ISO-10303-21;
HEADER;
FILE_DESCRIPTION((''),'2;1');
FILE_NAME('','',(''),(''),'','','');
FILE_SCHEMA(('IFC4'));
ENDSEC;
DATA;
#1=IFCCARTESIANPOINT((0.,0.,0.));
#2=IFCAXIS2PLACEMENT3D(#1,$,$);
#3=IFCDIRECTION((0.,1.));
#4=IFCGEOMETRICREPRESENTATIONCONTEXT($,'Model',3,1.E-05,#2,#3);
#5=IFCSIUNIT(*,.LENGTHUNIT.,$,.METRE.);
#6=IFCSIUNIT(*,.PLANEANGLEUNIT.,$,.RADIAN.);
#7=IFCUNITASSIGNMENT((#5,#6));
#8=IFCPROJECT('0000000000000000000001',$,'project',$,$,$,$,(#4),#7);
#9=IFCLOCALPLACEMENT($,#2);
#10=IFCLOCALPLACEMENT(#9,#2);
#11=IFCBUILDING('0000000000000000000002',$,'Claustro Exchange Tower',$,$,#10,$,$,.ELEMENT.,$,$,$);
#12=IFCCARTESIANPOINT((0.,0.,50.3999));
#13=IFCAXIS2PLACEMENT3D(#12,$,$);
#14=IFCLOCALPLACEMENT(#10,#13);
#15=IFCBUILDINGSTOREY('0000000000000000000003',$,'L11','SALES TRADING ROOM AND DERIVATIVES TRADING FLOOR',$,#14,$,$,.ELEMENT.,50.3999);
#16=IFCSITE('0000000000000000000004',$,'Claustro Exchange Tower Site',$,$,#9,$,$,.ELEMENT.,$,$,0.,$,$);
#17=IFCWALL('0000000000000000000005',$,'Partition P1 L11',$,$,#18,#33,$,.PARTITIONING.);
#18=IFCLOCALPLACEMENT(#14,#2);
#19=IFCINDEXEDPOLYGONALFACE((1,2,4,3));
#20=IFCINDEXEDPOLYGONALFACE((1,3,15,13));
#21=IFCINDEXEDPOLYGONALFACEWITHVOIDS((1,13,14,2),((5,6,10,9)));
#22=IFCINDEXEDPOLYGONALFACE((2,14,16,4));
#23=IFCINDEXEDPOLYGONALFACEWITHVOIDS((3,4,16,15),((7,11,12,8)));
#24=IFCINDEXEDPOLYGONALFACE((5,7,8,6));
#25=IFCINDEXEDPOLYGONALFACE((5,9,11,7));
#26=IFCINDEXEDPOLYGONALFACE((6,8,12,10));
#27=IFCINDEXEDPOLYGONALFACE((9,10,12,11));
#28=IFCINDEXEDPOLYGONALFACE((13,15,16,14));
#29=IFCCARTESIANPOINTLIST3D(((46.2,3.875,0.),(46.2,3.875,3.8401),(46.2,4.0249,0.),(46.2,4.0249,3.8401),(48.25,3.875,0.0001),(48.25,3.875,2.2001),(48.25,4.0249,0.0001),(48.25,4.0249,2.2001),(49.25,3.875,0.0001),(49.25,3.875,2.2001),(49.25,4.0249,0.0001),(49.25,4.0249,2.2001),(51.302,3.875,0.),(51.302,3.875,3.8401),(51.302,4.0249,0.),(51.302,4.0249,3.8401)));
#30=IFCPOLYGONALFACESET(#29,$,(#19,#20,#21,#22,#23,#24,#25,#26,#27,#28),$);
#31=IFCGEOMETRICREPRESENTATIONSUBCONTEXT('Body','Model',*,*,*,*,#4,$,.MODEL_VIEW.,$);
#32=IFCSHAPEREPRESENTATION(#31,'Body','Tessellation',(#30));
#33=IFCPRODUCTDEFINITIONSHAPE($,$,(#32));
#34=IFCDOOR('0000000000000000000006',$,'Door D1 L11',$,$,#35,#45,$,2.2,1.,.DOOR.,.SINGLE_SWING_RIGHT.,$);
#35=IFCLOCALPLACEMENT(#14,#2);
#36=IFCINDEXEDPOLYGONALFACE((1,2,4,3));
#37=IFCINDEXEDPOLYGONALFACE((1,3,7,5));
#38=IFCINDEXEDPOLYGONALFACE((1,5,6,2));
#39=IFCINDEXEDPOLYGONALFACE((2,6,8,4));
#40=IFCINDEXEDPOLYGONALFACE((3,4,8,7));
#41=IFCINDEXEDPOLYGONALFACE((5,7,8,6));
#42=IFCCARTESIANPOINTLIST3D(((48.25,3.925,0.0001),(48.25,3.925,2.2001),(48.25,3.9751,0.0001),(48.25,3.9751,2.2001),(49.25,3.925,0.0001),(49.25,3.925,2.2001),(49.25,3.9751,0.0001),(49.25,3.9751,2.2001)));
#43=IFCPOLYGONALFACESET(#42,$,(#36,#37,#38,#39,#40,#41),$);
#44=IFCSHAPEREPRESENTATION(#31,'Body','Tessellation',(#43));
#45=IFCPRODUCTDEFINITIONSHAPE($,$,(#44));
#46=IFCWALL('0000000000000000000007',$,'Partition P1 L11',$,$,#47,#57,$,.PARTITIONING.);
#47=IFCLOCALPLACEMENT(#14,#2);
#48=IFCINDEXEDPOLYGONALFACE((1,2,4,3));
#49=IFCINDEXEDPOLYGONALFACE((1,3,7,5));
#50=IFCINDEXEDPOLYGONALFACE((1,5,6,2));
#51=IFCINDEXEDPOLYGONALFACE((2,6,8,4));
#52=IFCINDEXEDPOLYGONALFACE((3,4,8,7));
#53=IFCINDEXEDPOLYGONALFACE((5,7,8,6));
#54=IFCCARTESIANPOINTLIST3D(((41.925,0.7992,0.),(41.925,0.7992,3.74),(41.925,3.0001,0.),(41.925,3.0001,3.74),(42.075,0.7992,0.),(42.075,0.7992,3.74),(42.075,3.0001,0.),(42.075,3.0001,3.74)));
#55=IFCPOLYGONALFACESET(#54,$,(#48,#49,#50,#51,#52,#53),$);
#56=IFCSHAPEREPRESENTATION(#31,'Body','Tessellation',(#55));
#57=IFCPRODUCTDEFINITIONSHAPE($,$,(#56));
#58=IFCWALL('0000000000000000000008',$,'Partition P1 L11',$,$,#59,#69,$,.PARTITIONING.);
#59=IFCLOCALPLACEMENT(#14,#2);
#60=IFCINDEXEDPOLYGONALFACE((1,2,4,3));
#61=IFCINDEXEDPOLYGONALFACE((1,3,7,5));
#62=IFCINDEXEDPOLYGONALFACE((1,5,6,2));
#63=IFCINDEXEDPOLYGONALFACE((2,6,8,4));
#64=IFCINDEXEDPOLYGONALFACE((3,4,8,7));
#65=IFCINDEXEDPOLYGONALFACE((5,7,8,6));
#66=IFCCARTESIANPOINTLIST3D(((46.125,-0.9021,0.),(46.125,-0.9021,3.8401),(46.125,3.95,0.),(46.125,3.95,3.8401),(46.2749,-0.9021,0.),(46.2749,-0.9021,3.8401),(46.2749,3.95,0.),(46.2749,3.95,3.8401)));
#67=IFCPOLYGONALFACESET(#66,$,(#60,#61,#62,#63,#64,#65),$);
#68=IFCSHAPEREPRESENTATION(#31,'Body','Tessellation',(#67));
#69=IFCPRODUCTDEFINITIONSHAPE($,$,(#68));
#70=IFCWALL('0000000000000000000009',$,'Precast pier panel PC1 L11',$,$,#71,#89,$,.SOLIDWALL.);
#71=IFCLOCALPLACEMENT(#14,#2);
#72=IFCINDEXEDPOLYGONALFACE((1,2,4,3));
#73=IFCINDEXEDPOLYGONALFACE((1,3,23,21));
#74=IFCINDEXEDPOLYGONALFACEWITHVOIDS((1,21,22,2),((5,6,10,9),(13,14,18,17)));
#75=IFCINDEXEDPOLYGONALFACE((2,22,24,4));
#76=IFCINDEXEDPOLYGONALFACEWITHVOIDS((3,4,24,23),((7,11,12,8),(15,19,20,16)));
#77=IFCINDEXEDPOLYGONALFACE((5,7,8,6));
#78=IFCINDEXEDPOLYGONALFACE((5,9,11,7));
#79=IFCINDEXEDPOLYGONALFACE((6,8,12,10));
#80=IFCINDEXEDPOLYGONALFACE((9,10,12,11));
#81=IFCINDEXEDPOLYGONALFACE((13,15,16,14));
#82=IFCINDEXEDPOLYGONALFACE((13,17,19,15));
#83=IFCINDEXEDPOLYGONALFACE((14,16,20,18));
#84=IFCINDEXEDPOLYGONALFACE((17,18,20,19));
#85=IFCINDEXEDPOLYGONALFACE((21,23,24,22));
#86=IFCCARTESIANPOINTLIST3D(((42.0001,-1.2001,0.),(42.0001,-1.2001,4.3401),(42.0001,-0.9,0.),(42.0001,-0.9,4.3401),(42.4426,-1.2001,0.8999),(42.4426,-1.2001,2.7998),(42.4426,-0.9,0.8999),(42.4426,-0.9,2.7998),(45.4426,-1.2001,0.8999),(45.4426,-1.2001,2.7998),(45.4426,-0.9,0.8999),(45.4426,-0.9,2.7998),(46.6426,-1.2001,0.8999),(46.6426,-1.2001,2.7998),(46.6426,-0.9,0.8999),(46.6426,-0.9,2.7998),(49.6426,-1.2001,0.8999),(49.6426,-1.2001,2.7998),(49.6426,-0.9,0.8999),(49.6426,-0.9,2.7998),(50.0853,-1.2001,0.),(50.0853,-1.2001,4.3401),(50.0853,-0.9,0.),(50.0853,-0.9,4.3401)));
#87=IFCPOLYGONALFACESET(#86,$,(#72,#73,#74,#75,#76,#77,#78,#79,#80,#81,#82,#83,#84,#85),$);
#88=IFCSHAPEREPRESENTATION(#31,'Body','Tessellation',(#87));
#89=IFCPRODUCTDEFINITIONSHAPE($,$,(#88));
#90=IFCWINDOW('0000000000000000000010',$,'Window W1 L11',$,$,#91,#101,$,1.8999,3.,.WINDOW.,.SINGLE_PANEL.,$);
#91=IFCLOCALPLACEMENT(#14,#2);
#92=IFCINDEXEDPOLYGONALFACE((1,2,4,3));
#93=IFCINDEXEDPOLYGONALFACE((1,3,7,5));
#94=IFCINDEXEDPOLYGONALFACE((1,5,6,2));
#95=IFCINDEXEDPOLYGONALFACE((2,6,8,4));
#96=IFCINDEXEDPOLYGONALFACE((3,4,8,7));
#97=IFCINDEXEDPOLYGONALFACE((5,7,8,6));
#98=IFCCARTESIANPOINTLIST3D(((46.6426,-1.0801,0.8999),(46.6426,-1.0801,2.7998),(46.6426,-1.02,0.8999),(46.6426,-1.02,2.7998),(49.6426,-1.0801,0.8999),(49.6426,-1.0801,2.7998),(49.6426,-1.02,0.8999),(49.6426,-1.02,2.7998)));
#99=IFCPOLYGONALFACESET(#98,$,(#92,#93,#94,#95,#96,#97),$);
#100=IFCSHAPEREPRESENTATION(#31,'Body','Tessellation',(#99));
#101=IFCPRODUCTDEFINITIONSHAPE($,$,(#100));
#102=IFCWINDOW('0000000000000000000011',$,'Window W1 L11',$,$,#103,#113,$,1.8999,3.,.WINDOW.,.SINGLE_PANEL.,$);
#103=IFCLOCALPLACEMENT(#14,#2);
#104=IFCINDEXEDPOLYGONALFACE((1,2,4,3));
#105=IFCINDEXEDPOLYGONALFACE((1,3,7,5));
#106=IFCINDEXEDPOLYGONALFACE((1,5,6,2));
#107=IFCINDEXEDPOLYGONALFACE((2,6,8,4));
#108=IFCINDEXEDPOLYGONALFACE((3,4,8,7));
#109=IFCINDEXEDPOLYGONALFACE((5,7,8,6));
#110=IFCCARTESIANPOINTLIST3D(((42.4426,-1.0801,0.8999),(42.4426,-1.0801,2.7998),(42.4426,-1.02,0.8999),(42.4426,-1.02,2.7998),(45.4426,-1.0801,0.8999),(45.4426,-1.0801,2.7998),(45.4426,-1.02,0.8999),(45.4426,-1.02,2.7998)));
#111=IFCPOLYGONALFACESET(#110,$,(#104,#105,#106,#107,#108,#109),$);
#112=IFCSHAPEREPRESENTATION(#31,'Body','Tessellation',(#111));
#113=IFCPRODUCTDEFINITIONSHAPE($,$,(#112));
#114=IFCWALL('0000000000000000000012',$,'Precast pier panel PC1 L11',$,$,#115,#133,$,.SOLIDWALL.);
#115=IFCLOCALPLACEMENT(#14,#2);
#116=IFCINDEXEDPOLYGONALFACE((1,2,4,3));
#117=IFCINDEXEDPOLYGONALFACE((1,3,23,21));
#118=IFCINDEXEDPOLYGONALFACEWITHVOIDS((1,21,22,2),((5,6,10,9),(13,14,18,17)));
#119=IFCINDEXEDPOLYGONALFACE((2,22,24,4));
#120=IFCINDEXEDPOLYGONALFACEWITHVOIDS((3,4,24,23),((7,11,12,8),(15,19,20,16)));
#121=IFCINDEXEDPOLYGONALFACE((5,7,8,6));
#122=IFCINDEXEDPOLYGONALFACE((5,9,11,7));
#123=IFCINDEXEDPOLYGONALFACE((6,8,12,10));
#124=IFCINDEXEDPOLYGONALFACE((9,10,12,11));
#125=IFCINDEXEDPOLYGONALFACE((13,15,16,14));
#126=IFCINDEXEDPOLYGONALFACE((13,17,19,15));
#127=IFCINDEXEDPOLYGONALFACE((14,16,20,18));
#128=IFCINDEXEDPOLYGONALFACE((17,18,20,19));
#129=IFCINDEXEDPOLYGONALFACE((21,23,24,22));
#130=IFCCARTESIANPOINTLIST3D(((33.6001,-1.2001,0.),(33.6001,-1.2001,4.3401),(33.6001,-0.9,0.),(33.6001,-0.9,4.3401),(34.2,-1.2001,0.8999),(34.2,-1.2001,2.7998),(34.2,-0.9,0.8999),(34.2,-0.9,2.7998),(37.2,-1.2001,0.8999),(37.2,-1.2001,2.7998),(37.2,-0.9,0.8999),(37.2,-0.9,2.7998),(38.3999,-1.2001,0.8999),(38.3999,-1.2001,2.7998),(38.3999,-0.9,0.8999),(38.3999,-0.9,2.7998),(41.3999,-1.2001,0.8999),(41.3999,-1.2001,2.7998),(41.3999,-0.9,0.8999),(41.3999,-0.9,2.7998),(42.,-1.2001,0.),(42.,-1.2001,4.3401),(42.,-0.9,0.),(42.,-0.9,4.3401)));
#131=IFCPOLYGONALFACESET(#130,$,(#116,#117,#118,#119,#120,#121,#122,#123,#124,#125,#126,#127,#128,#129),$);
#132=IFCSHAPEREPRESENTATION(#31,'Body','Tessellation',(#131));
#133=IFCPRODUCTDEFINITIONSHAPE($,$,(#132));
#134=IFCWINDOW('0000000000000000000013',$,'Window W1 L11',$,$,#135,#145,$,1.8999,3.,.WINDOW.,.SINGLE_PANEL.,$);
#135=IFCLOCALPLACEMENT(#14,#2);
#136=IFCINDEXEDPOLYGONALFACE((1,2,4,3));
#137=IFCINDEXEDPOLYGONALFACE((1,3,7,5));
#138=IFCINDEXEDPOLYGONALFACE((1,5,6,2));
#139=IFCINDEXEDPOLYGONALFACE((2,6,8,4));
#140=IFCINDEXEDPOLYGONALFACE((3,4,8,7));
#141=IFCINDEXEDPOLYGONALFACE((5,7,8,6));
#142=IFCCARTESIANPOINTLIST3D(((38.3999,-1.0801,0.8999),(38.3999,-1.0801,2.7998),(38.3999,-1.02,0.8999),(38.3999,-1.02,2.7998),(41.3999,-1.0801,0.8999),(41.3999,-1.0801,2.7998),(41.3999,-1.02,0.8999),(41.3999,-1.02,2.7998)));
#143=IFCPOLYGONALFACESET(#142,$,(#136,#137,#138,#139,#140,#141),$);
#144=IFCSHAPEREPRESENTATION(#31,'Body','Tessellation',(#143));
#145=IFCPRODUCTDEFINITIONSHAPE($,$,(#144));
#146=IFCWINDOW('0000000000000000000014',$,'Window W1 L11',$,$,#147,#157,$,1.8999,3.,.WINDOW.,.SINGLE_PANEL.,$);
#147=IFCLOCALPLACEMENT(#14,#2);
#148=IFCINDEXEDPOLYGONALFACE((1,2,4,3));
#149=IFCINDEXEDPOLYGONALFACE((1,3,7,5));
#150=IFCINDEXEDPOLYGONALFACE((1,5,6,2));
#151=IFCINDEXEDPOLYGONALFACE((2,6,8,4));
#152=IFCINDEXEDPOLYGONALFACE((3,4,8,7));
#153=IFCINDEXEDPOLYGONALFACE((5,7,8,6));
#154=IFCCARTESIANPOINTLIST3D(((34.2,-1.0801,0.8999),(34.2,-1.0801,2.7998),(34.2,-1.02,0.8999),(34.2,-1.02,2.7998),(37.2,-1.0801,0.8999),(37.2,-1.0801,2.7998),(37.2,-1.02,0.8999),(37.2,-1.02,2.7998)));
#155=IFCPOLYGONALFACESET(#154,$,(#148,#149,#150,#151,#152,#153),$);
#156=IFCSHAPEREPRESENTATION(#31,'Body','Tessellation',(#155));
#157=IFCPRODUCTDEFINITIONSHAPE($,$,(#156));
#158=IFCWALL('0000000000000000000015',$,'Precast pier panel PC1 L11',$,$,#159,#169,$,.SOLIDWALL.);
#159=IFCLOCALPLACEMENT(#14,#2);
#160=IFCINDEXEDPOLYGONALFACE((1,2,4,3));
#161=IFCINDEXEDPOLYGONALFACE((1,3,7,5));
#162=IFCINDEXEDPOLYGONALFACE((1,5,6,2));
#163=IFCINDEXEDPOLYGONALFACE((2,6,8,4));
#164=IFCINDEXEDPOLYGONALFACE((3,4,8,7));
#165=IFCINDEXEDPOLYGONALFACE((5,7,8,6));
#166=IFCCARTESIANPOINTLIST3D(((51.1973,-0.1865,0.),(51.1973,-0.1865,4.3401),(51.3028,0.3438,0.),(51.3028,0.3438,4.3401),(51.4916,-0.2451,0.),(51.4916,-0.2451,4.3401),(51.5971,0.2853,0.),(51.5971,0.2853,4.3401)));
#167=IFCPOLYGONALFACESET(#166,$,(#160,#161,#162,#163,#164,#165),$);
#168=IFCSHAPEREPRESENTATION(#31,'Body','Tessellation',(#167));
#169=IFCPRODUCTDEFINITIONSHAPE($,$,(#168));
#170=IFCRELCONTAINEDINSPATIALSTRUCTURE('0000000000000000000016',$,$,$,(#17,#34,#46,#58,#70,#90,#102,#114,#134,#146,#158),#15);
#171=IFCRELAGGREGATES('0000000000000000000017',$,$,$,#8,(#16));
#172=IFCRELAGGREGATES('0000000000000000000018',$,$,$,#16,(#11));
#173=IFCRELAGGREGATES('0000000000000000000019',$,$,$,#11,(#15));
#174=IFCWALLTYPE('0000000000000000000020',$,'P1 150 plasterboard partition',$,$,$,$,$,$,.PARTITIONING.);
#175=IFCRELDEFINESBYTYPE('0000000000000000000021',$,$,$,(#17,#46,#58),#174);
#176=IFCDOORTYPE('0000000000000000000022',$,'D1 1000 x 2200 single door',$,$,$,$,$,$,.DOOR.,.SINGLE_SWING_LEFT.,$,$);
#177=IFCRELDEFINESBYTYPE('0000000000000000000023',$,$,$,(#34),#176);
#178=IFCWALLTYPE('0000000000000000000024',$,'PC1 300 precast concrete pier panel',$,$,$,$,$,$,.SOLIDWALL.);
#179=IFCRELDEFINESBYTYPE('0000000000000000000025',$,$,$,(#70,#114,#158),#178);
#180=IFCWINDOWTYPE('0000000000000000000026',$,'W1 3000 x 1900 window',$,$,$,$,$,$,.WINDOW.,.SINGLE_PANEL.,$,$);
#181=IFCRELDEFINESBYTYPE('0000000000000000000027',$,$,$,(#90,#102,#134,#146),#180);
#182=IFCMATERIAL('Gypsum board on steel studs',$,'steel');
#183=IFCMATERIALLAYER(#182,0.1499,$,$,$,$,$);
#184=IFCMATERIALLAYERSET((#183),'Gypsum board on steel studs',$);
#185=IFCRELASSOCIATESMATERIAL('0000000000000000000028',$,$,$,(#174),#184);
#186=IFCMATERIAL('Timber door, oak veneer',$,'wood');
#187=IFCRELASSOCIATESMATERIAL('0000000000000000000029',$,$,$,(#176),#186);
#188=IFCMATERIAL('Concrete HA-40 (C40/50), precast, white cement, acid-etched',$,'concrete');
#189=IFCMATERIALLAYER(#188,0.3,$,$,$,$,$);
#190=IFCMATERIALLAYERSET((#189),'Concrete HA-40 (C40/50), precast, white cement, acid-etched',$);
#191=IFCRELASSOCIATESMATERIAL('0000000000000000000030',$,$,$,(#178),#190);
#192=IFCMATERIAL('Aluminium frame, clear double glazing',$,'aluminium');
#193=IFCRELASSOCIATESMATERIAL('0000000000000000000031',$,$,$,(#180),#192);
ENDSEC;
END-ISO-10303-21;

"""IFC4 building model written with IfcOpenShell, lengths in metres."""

from ifc_helpers import new_model, si_unit, direction, frame, frame_2d, origin, place, context, subcontext, project, spatial, rectangle, extrude, material, layer, layer_set, type_object, element, fill, save


model = new_model("IFC4")

# Units and contexts
model_context = context("Model", 3, precision=1e-05, world=origin(), true_north=direction((0.0, 1.0)))
body_context = subcontext(model_context, "Body", "Model", "MODEL_VIEW")
ifc_project = project(units=[si_unit("LENGTHUNIT", "METRE"), si_unit("PLANEANGLEUNIT", "RADIAN")], contexts=[model_context])

# Site, building, storey
site_placement = place(None, origin())
site = spatial("IfcSite", under=ifc_project, at=site_placement, Name="Claustro Exchange Tower Site", CompositionType="ELEMENT", RefElevation=0.0)
building_placement = place(site_placement, origin())
building = spatial("IfcBuilding", under=site, at=building_placement, Name="Claustro Exchange Tower", CompositionType="ELEMENT")
storey_placement = place(building_placement, frame((0.0, 0.0, 50.3999)))
storey = spatial("IfcBuildingStorey", under=building, at=storey_placement, Name="L11", Description="SALES TRADING ROOM AND DERIVATIVES TRADING FLOOR", CompositionType="ELEMENT", Elevation=50.3999)

# Wall, opening, door
ifc_material_1 = material(Name="Gypsum board on steel studs", Category="steel")
ifc_layer_1 = layer(ifc_material_1, 0.1499)
ifc_layer_set_1 = layer_set([ifc_layer_1], Name="Gypsum board on steel studs")
wall_type_1 = type_object("IfcWallType", Name="P1 150 plasterboard partition", PredefinedType="PARTITIONING", material=ifc_layer_set_1)
ifc_material_2 = material(Name="Timber door, oak veneer", Category="wood")
door_type = type_object("IfcDoorType", Name="D1 1000 x 2200 single door", OperationType="SINGLE_SWING_LEFT", PredefinedType="DOOR", material=ifc_material_2)
wall_1_placement = place(storey_placement, frame((46.2, 3.95, 0.0), z_axis=(0.0, 0.0, 1.0), x_axis=(1.0, 0.0, 0.0)))
wall_1 = element("IfcWall", 1, at=wall_1_placement, inside=storey, type_object=wall_type_1, Name="Partition P1 L11", PredefinedType="PARTITIONING", context=body_context, shape_type="SweptSolid", body=[
    extrude(rectangle(XDim=5.1021, YDim=0.1499, at=frame_2d((2.551, 0.0))), origin(), (0.0, 0.0, 1.0), 3.8401),
])
opening_1_placement = place(wall_1_placement, frame((2.05, 0.0, 0.0)))
opening_1 = element("IfcOpeningElement", 2, at=opening_1_placement, cuts=wall_1, PredefinedType="OPENING", context=body_context, shape_type="SweptSolid", body=[
    extrude(rectangle(XDim=1.0, YDim=2.2, at=frame_2d((0.5, 1.1001))), frame((0.0, 0.085, 0.0), z_axis=(0.0, -1.0, 0.0), x_axis=(1.0, 0.0, 0.0)), (0.0, 0.0, 1.0), 0.1699),
])
door_1_placement = place(opening_1_placement, frame((1.0, 0.0, 0.0), z_axis=(0.0, 0.0, 1.0), x_axis=(-1.0, 0.0, 0.0)))
door_1 = element("IfcDoor", 3, at=door_1_placement, inside=storey, type_object=door_type, Name="Door D1 L11", OperationType="SINGLE_SWING_RIGHT", OverallHeight=2.2, OverallWidth=1.0, PredefinedType="DOOR", context=body_context, shape_type="SweptSolid", body=[
    extrude(rectangle(XDim=1.0, YDim=2.2, at=frame_2d((0.5, 1.1001))), frame((0.0, 0.0249, 0.0), z_axis=(0.0, -1.0, 0.0), x_axis=(1.0, 0.0, 0.0)), (0.0, 0.0, 1.0), 0.05),
])
fill(opening_1, door_1)

# Walls
wall_2_placement = place(storey_placement, frame((42.0, 0.7991, 0.0), z_axis=(0.0, 0.0, 1.0), x_axis=(0.0, 1.0, 0.0)))
element("IfcWall", 4, at=wall_2_placement, inside=storey, type_object=wall_type_1, Name="Partition P1 L11", PredefinedType="PARTITIONING", context=body_context, shape_type="SweptSolid", body=[
    extrude(rectangle(XDim=2.2009, YDim=0.1499, at=frame_2d((1.1006, 0.0))), origin(), (0.0, 0.0, 1.0), 3.74),
])
wall_3_placement = place(storey_placement, frame((46.2, -0.9021, 0.0), z_axis=(0.0, 0.0, 1.0), x_axis=(0.0, 1.0, 0.0)))
element("IfcWall", 5, at=wall_3_placement, inside=storey, type_object=wall_type_1, Name="Partition P1 L11", PredefinedType="PARTITIONING", context=body_context, shape_type="SweptSolid", body=[
    extrude(rectangle(XDim=4.8521, YDim=0.1499, at=frame_2d((2.426, 0.0))), origin(), (0.0, 0.0, 1.0), 3.8401),
])

# Walls, openings, windows
ifc_material_3 = material(Name="Concrete HA-40 (C40/50), precast, white cement, acid-etched", Category="concrete")
ifc_layer_2 = layer(ifc_material_3, 0.3)
ifc_layer_set_2 = layer_set([ifc_layer_2], Name="Concrete HA-40 (C40/50), precast, white cement, acid-etched")
wall_type_2 = type_object("IfcWallType", Name="PC1 300 precast concrete pier panel", PredefinedType="SOLIDWALL", material=ifc_layer_set_2)
wall_4_placement = place(storey_placement, frame((50.0852, -1.05, 0.0), z_axis=(0.0, 0.0, 1.0), x_axis=(-1.0, 0.0, 0.0)))
wall_4 = element("IfcWall", 6, at=wall_4_placement, inside=storey, type_object=wall_type_2, Name="Precast pier panel PC1 L11", PredefinedType="SOLIDWALL", context=body_context, shape_type="SweptSolid", body=[
    extrude(rectangle(XDim=8.0852, YDim=0.3, at=frame_2d((4.0425, 0.0))), origin(), (0.0, 0.0, 1.0), 4.3401),
])
opening_2_placement = place(wall_4_placement, frame((0.4426, 0.0, 0.8999)))
opening_2 = element("IfcOpeningElement", 7, at=opening_2_placement, cuts=wall_4, PredefinedType="OPENING", context=body_context, shape_type="SweptSolid", body=[
    extrude(rectangle(XDim=3.0, YDim=1.8999, at=frame_2d((1.5, 0.95))), frame((0.0, 0.1599, 0.0), z_axis=(0.0, -1.0, 0.0), x_axis=(1.0, 0.0, 0.0)), (0.0, 0.0, 1.0), 0.3201),
])
opening_3_placement = place(wall_4_placement, frame((4.6426, 0.0, 0.8999)))
opening_3 = element("IfcOpeningElement", 8, at=opening_3_placement, cuts=wall_4, PredefinedType="OPENING", context=body_context, shape_type="SweptSolid", body=[
    extrude(rectangle(XDim=3.0, YDim=1.8999, at=frame_2d((1.5, 0.95))), frame((0.0, 0.1599, 0.0), z_axis=(0.0, -1.0, 0.0), x_axis=(1.0, 0.0, 0.0)), (0.0, 0.0, 1.0), 0.3201),
])
ifc_material_4 = material(Name="Aluminium frame, clear double glazing", Category="aluminium")
window_type = type_object("IfcWindowType", Name="W1 3000 x 1900 window", PartitioningType="SINGLE_PANEL", PredefinedType="WINDOW", material=ifc_material_4)
window_1_placement = place(opening_2_placement, origin())
window_1 = element("IfcWindow", 9, at=window_1_placement, inside=storey, type_object=window_type, Name="Window W1 L11", OverallHeight=1.8999, OverallWidth=3.0, PartitioningType="SINGLE_PANEL", PredefinedType="WINDOW", context=body_context, shape_type="SweptSolid", body=[
    extrude(rectangle(XDim=3.0, YDim=1.8999, at=frame_2d((1.5, 0.95))), frame((0.0, 0.03, 0.0), z_axis=(0.0, -1.0, 0.0), x_axis=(1.0, 0.0, 0.0)), (0.0, 0.0, 1.0), 0.0601),
])
fill(opening_2, window_1)
window_2_placement = place(opening_3_placement, origin())
window_2 = element("IfcWindow", 10, at=window_2_placement, inside=storey, type_object=window_type, Name="Window W1 L11", OverallHeight=1.8999, OverallWidth=3.0, PartitioningType="SINGLE_PANEL", PredefinedType="WINDOW", context=body_context, shape_type="SweptSolid", body=[
    extrude(rectangle(XDim=3.0, YDim=1.8999, at=frame_2d((1.5, 0.95))), frame((0.0, 0.03, 0.0), z_axis=(0.0, -1.0, 0.0), x_axis=(1.0, 0.0, 0.0)), (0.0, 0.0, 1.0), 0.0601),
])
fill(opening_3, window_2)
wall_5_placement = place(storey_placement, frame((42.0, -1.05, 0.0), z_axis=(0.0, 0.0, 1.0), x_axis=(-1.0, 0.0, 0.0)))
wall_5 = element("IfcWall", 11, at=wall_5_placement, inside=storey, type_object=wall_type_2, Name="Precast pier panel PC1 L11", PredefinedType="SOLIDWALL", context=body_context, shape_type="SweptSolid", body=[
    extrude(rectangle(XDim=8.3999, YDim=0.3, at=frame_2d((4.2, 0.0))), origin(), (0.0, 0.0, 1.0), 4.3401),
])
opening_4_placement = place(wall_5_placement, frame((0.6001, 0.0, 0.8999)))
opening_4 = element("IfcOpeningElement", 12, at=opening_4_placement, cuts=wall_5, PredefinedType="OPENING", context=body_context, shape_type="SweptSolid", body=[
    extrude(rectangle(XDim=3.0, YDim=1.8999, at=frame_2d((1.5, 0.95))), frame((0.0, 0.1599, 0.0), z_axis=(0.0, -1.0, 0.0), x_axis=(1.0, 0.0, 0.0)), (0.0, 0.0, 1.0), 0.3201),
])
opening_5_placement = place(wall_5_placement, frame((4.8, 0.0, 0.8999)))
opening_5 = element("IfcOpeningElement", 13, at=opening_5_placement, cuts=wall_5, PredefinedType="OPENING", context=body_context, shape_type="SweptSolid", body=[
    extrude(rectangle(XDim=3.0, YDim=1.8999, at=frame_2d((1.5, 0.95))), frame((0.0, 0.1599, 0.0), z_axis=(0.0, -1.0, 0.0), x_axis=(1.0, 0.0, 0.0)), (0.0, 0.0, 1.0), 0.3201),
])
window_3_placement = place(opening_4_placement, origin())
window_3 = element("IfcWindow", 14, at=window_3_placement, inside=storey, type_object=window_type, Name="Window W1 L11", OverallHeight=1.8999, OverallWidth=3.0, PartitioningType="SINGLE_PANEL", PredefinedType="WINDOW", context=body_context, shape_type="SweptSolid", body=[
    extrude(rectangle(XDim=3.0, YDim=1.8999, at=frame_2d((1.5, 0.95))), frame((0.0, 0.03, 0.0), z_axis=(0.0, -1.0, 0.0), x_axis=(1.0, 0.0, 0.0)), (0.0, 0.0, 1.0), 0.0601),
])
fill(opening_4, window_3)
window_4_placement = place(opening_5_placement, origin())
window_4 = element("IfcWindow", 15, at=window_4_placement, inside=storey, type_object=window_type, Name="Window W1 L11", OverallHeight=1.8999, OverallWidth=3.0, PartitioningType="SINGLE_PANEL", PredefinedType="WINDOW", context=body_context, shape_type="SweptSolid", body=[
    extrude(rectangle(XDim=3.0, YDim=1.8999, at=frame_2d((1.5, 0.95))), frame((0.0, 0.03, 0.0), z_axis=(0.0, -1.0, 0.0), x_axis=(1.0, 0.0, 0.0)), (0.0, 0.0, 1.0), 0.0601),
])
fill(opening_5, window_4)

# Wall
wall_6_placement = place(storey_placement, frame((51.45, 0.3147, 0.0), z_axis=(0.0, 0.0, 1.0), x_axis=(-0.195074, -0.980789, 0.0)))
element("IfcWall", 16, at=wall_6_placement, inside=storey, type_object=wall_type_2, Name="Precast pier panel PC1 L11", PredefinedType="SOLIDWALL", context=body_context, shape_type="SweptSolid", body=[
    extrude(rectangle(XDim=0.5408, YDim=0.3, at=frame_2d((0.2705, 0.0))), origin(), (0.0, 0.0, 1.0), 4.3401),
])

save(model, "model.ifc")
